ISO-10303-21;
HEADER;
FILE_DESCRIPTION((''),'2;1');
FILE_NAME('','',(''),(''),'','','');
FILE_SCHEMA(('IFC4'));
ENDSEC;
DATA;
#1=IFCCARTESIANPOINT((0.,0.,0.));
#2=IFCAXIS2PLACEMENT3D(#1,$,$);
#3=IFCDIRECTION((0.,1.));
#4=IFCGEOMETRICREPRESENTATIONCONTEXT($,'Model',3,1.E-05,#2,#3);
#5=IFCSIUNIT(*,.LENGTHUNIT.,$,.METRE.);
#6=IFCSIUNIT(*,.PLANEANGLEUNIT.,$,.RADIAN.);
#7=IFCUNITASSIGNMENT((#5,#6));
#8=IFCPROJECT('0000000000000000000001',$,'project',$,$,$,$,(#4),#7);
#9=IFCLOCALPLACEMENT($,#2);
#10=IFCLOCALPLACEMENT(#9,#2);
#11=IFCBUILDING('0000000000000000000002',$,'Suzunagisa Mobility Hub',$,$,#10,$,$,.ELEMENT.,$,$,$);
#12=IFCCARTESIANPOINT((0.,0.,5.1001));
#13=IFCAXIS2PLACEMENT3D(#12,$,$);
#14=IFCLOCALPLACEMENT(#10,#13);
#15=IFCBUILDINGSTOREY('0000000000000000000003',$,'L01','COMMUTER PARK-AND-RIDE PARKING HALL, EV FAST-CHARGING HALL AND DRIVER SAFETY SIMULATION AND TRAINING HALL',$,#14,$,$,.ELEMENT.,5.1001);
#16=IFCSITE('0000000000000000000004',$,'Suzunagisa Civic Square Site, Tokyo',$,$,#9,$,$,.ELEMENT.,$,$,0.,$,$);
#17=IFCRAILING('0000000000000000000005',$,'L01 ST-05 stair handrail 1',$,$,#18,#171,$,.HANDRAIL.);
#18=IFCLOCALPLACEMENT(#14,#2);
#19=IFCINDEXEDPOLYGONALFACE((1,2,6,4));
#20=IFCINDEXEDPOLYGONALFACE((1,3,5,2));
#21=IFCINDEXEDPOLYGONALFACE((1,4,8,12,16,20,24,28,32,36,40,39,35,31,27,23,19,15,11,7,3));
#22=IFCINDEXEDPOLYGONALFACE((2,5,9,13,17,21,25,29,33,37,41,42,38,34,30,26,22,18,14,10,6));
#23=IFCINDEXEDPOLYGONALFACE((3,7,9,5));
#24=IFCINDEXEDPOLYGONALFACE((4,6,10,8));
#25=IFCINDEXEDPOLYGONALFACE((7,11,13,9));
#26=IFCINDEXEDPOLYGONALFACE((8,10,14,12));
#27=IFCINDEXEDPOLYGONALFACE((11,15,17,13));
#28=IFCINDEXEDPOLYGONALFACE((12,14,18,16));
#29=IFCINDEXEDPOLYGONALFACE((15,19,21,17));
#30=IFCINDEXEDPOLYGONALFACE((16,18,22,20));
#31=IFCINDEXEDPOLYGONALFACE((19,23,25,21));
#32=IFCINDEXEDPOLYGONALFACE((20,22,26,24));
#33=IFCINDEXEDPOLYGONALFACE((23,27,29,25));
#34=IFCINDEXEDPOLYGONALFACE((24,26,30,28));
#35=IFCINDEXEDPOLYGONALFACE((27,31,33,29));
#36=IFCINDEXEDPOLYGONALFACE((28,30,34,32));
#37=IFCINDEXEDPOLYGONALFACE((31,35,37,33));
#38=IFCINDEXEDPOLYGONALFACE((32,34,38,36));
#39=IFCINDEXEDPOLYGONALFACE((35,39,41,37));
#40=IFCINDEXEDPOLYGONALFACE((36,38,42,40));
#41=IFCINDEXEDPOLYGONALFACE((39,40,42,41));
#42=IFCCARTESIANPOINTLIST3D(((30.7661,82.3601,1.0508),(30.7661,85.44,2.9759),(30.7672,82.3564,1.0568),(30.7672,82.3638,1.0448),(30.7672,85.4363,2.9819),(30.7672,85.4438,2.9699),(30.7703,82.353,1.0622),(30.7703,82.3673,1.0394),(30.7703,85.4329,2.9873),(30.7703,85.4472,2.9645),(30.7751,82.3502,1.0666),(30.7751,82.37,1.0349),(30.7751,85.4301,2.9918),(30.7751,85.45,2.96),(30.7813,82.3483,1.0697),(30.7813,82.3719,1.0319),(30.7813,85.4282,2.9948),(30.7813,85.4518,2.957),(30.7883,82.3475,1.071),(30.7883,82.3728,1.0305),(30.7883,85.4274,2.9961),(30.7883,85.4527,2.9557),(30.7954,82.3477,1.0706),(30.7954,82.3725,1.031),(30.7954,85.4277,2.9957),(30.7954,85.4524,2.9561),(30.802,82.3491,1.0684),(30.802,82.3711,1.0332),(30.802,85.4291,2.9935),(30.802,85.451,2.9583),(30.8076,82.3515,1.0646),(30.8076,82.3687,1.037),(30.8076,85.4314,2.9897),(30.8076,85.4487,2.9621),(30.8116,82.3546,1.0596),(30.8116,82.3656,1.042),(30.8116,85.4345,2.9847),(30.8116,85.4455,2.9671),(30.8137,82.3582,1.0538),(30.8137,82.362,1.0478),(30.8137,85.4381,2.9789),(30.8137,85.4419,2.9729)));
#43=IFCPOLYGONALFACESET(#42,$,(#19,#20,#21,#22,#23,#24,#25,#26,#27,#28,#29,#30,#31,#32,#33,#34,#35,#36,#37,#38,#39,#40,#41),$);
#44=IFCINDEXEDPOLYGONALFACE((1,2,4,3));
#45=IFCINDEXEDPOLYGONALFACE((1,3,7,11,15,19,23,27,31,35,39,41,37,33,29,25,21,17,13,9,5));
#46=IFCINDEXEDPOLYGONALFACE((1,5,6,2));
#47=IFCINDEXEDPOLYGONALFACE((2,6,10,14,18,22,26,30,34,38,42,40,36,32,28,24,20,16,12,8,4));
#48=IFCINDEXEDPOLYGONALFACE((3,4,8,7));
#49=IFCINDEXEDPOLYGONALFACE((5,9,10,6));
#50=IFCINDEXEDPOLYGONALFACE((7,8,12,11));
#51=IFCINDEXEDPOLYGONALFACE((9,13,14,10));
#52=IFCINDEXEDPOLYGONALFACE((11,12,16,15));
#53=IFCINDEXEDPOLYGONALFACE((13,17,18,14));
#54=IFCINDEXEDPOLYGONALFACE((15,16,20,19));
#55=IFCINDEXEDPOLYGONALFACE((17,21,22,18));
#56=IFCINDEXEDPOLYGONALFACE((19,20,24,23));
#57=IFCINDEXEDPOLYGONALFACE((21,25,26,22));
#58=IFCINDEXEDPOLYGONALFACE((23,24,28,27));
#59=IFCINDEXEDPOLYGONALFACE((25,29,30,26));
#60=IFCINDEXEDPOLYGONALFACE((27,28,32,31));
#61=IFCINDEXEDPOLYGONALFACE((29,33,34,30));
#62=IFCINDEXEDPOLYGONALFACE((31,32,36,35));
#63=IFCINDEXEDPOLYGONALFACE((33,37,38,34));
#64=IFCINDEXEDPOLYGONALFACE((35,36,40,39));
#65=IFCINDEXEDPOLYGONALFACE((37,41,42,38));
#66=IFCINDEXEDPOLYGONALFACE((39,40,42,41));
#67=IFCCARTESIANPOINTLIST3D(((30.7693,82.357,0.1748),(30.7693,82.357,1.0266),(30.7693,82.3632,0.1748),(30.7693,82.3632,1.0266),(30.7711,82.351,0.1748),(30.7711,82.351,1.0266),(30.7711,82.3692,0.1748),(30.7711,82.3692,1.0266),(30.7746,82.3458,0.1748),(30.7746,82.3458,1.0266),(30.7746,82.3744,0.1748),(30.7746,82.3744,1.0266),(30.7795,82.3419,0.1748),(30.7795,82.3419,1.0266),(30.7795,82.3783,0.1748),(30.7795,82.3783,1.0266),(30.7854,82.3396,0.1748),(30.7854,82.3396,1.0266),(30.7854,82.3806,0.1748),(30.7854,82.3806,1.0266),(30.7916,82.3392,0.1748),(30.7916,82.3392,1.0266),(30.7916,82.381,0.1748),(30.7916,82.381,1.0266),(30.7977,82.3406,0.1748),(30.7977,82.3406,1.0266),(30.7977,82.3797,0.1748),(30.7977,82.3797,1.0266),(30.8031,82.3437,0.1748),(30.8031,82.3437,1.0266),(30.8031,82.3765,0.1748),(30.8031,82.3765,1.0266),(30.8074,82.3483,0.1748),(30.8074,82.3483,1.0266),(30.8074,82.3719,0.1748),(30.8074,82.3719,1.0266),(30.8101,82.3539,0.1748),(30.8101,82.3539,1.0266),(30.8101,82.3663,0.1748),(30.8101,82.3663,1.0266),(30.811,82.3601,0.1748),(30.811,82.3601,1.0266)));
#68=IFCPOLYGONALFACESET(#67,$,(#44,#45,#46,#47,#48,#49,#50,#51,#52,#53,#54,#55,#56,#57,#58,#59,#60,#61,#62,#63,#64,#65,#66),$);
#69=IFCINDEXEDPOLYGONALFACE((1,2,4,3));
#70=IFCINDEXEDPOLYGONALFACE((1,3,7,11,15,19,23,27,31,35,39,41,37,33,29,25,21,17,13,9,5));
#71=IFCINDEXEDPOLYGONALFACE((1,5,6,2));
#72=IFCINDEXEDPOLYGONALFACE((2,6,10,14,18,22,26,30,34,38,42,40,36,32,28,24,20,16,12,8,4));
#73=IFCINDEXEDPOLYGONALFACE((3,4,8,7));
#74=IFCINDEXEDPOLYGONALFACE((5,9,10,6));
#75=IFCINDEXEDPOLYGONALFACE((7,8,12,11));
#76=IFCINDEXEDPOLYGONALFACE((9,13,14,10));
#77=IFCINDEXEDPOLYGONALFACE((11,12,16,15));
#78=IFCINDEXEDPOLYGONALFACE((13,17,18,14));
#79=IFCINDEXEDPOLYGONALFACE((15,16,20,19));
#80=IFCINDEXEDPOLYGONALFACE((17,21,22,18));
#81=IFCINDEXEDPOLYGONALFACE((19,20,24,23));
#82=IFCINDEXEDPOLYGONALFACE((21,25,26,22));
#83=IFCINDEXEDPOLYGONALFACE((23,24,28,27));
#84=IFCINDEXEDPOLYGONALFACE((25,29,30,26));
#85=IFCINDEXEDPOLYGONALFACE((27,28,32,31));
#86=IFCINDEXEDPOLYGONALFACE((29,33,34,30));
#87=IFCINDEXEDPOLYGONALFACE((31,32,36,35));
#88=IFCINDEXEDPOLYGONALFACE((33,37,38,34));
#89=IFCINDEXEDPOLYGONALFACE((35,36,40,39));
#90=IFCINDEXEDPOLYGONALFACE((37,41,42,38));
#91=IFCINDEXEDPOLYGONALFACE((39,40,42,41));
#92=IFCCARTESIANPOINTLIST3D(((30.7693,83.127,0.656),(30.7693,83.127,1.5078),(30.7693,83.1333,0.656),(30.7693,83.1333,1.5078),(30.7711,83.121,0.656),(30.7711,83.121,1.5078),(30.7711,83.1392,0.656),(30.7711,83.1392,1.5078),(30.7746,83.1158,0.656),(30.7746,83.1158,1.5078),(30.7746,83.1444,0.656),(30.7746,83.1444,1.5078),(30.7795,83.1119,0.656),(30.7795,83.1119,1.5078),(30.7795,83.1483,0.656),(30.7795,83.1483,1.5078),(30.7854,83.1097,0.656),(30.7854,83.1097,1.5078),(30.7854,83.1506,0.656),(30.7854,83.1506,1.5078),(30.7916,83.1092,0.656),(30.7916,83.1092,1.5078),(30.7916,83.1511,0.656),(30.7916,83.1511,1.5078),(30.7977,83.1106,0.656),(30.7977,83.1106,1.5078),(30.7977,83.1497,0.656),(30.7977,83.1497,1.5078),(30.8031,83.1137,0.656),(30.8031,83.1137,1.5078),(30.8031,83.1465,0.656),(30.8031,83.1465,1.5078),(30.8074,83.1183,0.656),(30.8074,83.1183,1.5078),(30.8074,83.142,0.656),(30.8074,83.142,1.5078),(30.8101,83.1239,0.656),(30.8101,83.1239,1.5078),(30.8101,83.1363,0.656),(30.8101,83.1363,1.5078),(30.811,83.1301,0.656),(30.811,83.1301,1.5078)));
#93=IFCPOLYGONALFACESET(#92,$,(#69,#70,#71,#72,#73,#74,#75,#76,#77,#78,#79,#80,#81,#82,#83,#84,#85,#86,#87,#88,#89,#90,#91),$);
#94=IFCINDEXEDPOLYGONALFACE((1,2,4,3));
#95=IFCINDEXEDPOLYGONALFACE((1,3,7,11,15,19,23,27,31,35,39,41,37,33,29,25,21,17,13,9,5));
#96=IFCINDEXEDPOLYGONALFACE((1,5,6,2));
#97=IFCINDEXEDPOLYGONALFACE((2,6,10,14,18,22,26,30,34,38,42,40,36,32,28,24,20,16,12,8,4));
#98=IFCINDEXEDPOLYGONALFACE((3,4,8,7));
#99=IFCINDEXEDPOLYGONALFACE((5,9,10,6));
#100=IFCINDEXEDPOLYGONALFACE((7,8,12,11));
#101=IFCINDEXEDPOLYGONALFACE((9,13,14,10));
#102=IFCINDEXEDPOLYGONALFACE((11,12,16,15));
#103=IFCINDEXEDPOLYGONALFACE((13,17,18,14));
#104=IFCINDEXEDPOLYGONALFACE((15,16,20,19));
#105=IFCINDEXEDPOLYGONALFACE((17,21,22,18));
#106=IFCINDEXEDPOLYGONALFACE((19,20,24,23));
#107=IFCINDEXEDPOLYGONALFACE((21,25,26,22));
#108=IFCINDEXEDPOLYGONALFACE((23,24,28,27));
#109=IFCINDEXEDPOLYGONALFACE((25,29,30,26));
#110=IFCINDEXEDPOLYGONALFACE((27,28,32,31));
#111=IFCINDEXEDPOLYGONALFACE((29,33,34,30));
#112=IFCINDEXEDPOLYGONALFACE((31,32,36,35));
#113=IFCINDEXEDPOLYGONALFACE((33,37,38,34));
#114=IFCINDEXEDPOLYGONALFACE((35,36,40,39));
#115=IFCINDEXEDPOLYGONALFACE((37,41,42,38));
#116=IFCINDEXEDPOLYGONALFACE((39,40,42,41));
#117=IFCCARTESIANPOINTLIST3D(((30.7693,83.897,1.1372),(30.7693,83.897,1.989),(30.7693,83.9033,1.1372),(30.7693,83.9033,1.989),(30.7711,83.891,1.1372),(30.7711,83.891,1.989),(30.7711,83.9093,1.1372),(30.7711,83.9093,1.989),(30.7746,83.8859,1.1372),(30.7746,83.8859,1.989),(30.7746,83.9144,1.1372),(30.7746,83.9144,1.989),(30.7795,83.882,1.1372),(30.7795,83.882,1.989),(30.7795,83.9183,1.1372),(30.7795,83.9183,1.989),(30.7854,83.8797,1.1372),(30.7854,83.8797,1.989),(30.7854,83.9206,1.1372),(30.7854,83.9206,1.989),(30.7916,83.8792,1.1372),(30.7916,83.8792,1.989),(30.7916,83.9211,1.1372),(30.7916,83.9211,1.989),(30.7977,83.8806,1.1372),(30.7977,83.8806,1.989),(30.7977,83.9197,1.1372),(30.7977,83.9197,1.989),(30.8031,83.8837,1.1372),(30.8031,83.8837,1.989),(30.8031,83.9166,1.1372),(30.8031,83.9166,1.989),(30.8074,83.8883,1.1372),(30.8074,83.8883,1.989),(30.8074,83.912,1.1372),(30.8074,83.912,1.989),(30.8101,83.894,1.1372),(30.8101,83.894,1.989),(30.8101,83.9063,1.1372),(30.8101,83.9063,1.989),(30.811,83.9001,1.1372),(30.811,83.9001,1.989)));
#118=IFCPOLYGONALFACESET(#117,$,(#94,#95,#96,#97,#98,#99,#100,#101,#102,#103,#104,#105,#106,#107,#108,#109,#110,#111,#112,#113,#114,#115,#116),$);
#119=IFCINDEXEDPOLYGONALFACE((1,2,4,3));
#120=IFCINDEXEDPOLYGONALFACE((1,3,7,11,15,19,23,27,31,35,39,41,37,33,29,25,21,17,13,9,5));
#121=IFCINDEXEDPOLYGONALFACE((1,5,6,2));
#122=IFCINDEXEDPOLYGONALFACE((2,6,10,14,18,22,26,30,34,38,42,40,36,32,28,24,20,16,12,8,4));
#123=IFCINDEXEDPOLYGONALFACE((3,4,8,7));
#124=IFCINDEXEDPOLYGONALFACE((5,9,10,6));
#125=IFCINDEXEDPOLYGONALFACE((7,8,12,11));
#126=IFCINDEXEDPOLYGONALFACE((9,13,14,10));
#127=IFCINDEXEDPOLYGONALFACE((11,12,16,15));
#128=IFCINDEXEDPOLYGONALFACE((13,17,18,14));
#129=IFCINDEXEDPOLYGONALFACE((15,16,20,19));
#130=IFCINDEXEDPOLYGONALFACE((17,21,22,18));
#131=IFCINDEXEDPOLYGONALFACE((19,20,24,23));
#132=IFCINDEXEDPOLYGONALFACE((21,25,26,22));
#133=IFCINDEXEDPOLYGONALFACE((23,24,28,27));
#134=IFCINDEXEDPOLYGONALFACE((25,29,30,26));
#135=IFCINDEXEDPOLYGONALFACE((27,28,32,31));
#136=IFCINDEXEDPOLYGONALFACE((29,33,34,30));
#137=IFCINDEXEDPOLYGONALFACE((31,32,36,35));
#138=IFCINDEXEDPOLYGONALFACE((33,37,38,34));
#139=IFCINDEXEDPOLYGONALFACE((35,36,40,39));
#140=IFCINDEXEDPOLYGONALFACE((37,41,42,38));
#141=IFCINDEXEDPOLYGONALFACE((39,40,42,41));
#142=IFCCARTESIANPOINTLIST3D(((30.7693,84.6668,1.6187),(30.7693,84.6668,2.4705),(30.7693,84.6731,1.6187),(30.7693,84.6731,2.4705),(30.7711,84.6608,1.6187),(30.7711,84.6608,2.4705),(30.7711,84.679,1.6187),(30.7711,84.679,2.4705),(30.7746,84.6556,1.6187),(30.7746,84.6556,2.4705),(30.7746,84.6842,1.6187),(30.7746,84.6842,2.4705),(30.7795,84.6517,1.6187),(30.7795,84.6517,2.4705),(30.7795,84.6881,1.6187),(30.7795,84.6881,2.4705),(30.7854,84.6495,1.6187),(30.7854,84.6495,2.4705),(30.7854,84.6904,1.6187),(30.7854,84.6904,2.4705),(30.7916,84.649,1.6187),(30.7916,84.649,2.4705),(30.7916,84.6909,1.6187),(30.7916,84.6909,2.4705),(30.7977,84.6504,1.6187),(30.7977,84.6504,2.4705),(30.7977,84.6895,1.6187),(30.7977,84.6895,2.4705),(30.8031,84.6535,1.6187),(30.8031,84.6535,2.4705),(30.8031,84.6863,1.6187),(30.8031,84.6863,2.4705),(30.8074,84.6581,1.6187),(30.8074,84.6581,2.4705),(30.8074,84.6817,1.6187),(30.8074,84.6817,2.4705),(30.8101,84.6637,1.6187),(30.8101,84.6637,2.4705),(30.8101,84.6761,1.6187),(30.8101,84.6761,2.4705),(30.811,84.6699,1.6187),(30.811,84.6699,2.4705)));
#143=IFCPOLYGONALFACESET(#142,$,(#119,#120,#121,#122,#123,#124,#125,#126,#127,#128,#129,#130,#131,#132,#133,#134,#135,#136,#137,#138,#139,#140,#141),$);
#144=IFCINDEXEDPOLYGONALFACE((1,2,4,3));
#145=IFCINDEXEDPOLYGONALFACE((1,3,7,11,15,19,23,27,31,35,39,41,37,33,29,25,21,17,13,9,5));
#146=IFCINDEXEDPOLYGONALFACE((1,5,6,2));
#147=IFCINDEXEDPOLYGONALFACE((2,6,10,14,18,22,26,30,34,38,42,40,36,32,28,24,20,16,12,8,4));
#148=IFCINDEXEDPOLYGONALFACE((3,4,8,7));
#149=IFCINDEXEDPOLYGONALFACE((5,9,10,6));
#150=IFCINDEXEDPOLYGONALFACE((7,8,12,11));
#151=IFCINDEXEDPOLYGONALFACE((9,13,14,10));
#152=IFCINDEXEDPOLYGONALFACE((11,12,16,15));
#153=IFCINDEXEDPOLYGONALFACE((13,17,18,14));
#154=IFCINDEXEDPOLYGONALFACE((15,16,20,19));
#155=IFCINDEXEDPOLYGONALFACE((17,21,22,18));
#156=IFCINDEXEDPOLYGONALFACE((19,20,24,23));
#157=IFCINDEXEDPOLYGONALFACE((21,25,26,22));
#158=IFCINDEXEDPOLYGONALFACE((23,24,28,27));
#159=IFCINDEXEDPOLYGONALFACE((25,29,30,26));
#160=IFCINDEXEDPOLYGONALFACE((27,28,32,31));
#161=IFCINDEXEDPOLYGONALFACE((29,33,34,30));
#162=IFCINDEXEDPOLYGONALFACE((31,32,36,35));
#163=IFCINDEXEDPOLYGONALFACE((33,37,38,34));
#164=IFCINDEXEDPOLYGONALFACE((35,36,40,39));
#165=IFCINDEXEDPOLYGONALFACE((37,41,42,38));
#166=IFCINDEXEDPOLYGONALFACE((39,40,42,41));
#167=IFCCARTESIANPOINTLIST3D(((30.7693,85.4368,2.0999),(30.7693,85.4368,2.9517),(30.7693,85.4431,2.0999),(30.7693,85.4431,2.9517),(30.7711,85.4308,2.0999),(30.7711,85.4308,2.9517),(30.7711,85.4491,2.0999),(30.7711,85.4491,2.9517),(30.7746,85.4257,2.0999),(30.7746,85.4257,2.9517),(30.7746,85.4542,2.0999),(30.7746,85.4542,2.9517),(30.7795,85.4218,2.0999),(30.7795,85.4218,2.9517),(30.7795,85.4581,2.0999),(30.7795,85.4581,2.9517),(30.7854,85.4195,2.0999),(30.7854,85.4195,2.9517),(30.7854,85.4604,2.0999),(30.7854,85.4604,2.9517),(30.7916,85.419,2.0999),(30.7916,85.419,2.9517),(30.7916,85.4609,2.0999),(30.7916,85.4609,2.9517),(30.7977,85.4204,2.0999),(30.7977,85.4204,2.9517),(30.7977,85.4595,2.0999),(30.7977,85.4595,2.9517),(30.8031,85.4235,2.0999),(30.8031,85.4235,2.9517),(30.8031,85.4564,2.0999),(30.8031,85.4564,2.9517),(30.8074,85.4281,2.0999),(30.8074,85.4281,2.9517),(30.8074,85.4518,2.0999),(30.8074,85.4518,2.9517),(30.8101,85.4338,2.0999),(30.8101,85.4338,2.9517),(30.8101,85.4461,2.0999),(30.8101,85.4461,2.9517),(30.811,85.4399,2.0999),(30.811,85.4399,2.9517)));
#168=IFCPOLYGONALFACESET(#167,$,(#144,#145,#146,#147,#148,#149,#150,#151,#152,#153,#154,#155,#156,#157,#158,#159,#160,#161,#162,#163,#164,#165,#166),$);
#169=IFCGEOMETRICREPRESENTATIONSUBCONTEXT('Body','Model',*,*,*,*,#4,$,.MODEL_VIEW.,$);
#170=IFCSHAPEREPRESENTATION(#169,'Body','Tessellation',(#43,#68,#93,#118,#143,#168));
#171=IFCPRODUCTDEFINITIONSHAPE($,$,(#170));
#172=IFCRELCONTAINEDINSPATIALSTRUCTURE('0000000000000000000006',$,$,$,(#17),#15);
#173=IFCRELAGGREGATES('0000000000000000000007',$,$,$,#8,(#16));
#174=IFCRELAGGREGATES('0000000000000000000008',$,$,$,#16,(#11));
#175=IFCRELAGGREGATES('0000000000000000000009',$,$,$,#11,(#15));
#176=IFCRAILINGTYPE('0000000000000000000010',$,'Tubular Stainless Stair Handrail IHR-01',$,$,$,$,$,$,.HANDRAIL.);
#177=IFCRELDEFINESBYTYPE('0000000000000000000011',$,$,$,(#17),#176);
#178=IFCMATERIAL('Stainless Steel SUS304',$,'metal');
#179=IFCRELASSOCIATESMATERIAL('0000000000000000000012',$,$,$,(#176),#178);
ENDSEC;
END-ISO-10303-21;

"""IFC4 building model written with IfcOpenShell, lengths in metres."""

from ifc_helpers import new_model, si_unit, direction, frame, origin, origin_2d, place, context, subcontext, project, spatial, circle, extrude, material, type_object, element, save


model = new_model("IFC4")

# Units and contexts
model_context = context("Model", 3, precision=1e-05, world=origin(), true_north=direction((0.0, 1.0)))
body_context = subcontext(model_context, "Body", "Model", "MODEL_VIEW")
ifc_project = project(units=[si_unit("LENGTHUNIT", "METRE"), si_unit("PLANEANGLEUNIT", "RADIAN")], contexts=[model_context])

# Site, building, storey
site_placement = place(None, origin())
site = spatial("IfcSite", under=ifc_project, at=site_placement, Name="Suzunagisa Civic Square Site, Tokyo", CompositionType="ELEMENT", RefElevation=0.0)
building_placement = place(site_placement, origin())
building = spatial("IfcBuilding", under=site, at=building_placement, Name="Suzunagisa Mobility Hub", CompositionType="ELEMENT")
storey_placement = place(building_placement, frame((0.0, 0.0, 5.1001)))
storey = spatial("IfcBuildingStorey", under=building, at=storey_placement, Name="L01", Description="COMMUTER PARK-AND-RIDE PARKING HALL, EV FAST-CHARGING HALL AND DRIVER SAFETY SIMULATION AND TRAINING HALL", CompositionType="ELEMENT", Elevation=5.1001)

# Railing
ifc_material_1 = material(Name="Stainless Steel SUS304", Category="metal")
railing_type_1 = type_object("IfcRailingType", Name="Tubular Stainless Stair Handrail IHR-01", PredefinedType="HANDRAIL", material=ifc_material_1)
railing_1_placement = place(storey_placement, frame((30.79, 82.3601, 0.1748)))
element("IfcRailing", 1, at=railing_1_placement, inside=storey, type_object=railing_type_1, Name="L01 ST-05 stair handrail 1", PredefinedType="HANDRAIL", context=body_context, shape_type="SweptSolid", body=[
    extrude(circle(Radius=0.0239, at=origin_2d()), frame((0.0, 0.0, 0.876), z_axis=(0.0, 0.847979, 0.530029), x_axis=(-1.0, 0.0, 0.0)), (0.0, 0.0, 1.0), 3.6321),
    extrude(circle(Radius=0.021, at=origin_2d()), origin(), (0.0, 0.0, 1.0), 0.8518),
    extrude(circle(Radius=0.021, at=origin_2d()), frame((0.0, 0.77, 0.4812)), (0.0, 0.0, 1.0), 0.8518),
    extrude(circle(Radius=0.021, at=origin_2d()), frame((0.0, 1.54, 0.9624)), (0.0, 0.0, 1.0), 0.8518),
    extrude(circle(Radius=0.021, at=origin_2d()), frame((0.0, 2.3098, 1.4438)), (0.0, 0.0, 1.0), 0.8518),
    extrude(circle(Radius=0.021, at=origin_2d()), frame((0.0, 3.0798, 1.925)), (0.0, 0.0, 1.0), 0.8518),
])

save(model, "model.ifc")
